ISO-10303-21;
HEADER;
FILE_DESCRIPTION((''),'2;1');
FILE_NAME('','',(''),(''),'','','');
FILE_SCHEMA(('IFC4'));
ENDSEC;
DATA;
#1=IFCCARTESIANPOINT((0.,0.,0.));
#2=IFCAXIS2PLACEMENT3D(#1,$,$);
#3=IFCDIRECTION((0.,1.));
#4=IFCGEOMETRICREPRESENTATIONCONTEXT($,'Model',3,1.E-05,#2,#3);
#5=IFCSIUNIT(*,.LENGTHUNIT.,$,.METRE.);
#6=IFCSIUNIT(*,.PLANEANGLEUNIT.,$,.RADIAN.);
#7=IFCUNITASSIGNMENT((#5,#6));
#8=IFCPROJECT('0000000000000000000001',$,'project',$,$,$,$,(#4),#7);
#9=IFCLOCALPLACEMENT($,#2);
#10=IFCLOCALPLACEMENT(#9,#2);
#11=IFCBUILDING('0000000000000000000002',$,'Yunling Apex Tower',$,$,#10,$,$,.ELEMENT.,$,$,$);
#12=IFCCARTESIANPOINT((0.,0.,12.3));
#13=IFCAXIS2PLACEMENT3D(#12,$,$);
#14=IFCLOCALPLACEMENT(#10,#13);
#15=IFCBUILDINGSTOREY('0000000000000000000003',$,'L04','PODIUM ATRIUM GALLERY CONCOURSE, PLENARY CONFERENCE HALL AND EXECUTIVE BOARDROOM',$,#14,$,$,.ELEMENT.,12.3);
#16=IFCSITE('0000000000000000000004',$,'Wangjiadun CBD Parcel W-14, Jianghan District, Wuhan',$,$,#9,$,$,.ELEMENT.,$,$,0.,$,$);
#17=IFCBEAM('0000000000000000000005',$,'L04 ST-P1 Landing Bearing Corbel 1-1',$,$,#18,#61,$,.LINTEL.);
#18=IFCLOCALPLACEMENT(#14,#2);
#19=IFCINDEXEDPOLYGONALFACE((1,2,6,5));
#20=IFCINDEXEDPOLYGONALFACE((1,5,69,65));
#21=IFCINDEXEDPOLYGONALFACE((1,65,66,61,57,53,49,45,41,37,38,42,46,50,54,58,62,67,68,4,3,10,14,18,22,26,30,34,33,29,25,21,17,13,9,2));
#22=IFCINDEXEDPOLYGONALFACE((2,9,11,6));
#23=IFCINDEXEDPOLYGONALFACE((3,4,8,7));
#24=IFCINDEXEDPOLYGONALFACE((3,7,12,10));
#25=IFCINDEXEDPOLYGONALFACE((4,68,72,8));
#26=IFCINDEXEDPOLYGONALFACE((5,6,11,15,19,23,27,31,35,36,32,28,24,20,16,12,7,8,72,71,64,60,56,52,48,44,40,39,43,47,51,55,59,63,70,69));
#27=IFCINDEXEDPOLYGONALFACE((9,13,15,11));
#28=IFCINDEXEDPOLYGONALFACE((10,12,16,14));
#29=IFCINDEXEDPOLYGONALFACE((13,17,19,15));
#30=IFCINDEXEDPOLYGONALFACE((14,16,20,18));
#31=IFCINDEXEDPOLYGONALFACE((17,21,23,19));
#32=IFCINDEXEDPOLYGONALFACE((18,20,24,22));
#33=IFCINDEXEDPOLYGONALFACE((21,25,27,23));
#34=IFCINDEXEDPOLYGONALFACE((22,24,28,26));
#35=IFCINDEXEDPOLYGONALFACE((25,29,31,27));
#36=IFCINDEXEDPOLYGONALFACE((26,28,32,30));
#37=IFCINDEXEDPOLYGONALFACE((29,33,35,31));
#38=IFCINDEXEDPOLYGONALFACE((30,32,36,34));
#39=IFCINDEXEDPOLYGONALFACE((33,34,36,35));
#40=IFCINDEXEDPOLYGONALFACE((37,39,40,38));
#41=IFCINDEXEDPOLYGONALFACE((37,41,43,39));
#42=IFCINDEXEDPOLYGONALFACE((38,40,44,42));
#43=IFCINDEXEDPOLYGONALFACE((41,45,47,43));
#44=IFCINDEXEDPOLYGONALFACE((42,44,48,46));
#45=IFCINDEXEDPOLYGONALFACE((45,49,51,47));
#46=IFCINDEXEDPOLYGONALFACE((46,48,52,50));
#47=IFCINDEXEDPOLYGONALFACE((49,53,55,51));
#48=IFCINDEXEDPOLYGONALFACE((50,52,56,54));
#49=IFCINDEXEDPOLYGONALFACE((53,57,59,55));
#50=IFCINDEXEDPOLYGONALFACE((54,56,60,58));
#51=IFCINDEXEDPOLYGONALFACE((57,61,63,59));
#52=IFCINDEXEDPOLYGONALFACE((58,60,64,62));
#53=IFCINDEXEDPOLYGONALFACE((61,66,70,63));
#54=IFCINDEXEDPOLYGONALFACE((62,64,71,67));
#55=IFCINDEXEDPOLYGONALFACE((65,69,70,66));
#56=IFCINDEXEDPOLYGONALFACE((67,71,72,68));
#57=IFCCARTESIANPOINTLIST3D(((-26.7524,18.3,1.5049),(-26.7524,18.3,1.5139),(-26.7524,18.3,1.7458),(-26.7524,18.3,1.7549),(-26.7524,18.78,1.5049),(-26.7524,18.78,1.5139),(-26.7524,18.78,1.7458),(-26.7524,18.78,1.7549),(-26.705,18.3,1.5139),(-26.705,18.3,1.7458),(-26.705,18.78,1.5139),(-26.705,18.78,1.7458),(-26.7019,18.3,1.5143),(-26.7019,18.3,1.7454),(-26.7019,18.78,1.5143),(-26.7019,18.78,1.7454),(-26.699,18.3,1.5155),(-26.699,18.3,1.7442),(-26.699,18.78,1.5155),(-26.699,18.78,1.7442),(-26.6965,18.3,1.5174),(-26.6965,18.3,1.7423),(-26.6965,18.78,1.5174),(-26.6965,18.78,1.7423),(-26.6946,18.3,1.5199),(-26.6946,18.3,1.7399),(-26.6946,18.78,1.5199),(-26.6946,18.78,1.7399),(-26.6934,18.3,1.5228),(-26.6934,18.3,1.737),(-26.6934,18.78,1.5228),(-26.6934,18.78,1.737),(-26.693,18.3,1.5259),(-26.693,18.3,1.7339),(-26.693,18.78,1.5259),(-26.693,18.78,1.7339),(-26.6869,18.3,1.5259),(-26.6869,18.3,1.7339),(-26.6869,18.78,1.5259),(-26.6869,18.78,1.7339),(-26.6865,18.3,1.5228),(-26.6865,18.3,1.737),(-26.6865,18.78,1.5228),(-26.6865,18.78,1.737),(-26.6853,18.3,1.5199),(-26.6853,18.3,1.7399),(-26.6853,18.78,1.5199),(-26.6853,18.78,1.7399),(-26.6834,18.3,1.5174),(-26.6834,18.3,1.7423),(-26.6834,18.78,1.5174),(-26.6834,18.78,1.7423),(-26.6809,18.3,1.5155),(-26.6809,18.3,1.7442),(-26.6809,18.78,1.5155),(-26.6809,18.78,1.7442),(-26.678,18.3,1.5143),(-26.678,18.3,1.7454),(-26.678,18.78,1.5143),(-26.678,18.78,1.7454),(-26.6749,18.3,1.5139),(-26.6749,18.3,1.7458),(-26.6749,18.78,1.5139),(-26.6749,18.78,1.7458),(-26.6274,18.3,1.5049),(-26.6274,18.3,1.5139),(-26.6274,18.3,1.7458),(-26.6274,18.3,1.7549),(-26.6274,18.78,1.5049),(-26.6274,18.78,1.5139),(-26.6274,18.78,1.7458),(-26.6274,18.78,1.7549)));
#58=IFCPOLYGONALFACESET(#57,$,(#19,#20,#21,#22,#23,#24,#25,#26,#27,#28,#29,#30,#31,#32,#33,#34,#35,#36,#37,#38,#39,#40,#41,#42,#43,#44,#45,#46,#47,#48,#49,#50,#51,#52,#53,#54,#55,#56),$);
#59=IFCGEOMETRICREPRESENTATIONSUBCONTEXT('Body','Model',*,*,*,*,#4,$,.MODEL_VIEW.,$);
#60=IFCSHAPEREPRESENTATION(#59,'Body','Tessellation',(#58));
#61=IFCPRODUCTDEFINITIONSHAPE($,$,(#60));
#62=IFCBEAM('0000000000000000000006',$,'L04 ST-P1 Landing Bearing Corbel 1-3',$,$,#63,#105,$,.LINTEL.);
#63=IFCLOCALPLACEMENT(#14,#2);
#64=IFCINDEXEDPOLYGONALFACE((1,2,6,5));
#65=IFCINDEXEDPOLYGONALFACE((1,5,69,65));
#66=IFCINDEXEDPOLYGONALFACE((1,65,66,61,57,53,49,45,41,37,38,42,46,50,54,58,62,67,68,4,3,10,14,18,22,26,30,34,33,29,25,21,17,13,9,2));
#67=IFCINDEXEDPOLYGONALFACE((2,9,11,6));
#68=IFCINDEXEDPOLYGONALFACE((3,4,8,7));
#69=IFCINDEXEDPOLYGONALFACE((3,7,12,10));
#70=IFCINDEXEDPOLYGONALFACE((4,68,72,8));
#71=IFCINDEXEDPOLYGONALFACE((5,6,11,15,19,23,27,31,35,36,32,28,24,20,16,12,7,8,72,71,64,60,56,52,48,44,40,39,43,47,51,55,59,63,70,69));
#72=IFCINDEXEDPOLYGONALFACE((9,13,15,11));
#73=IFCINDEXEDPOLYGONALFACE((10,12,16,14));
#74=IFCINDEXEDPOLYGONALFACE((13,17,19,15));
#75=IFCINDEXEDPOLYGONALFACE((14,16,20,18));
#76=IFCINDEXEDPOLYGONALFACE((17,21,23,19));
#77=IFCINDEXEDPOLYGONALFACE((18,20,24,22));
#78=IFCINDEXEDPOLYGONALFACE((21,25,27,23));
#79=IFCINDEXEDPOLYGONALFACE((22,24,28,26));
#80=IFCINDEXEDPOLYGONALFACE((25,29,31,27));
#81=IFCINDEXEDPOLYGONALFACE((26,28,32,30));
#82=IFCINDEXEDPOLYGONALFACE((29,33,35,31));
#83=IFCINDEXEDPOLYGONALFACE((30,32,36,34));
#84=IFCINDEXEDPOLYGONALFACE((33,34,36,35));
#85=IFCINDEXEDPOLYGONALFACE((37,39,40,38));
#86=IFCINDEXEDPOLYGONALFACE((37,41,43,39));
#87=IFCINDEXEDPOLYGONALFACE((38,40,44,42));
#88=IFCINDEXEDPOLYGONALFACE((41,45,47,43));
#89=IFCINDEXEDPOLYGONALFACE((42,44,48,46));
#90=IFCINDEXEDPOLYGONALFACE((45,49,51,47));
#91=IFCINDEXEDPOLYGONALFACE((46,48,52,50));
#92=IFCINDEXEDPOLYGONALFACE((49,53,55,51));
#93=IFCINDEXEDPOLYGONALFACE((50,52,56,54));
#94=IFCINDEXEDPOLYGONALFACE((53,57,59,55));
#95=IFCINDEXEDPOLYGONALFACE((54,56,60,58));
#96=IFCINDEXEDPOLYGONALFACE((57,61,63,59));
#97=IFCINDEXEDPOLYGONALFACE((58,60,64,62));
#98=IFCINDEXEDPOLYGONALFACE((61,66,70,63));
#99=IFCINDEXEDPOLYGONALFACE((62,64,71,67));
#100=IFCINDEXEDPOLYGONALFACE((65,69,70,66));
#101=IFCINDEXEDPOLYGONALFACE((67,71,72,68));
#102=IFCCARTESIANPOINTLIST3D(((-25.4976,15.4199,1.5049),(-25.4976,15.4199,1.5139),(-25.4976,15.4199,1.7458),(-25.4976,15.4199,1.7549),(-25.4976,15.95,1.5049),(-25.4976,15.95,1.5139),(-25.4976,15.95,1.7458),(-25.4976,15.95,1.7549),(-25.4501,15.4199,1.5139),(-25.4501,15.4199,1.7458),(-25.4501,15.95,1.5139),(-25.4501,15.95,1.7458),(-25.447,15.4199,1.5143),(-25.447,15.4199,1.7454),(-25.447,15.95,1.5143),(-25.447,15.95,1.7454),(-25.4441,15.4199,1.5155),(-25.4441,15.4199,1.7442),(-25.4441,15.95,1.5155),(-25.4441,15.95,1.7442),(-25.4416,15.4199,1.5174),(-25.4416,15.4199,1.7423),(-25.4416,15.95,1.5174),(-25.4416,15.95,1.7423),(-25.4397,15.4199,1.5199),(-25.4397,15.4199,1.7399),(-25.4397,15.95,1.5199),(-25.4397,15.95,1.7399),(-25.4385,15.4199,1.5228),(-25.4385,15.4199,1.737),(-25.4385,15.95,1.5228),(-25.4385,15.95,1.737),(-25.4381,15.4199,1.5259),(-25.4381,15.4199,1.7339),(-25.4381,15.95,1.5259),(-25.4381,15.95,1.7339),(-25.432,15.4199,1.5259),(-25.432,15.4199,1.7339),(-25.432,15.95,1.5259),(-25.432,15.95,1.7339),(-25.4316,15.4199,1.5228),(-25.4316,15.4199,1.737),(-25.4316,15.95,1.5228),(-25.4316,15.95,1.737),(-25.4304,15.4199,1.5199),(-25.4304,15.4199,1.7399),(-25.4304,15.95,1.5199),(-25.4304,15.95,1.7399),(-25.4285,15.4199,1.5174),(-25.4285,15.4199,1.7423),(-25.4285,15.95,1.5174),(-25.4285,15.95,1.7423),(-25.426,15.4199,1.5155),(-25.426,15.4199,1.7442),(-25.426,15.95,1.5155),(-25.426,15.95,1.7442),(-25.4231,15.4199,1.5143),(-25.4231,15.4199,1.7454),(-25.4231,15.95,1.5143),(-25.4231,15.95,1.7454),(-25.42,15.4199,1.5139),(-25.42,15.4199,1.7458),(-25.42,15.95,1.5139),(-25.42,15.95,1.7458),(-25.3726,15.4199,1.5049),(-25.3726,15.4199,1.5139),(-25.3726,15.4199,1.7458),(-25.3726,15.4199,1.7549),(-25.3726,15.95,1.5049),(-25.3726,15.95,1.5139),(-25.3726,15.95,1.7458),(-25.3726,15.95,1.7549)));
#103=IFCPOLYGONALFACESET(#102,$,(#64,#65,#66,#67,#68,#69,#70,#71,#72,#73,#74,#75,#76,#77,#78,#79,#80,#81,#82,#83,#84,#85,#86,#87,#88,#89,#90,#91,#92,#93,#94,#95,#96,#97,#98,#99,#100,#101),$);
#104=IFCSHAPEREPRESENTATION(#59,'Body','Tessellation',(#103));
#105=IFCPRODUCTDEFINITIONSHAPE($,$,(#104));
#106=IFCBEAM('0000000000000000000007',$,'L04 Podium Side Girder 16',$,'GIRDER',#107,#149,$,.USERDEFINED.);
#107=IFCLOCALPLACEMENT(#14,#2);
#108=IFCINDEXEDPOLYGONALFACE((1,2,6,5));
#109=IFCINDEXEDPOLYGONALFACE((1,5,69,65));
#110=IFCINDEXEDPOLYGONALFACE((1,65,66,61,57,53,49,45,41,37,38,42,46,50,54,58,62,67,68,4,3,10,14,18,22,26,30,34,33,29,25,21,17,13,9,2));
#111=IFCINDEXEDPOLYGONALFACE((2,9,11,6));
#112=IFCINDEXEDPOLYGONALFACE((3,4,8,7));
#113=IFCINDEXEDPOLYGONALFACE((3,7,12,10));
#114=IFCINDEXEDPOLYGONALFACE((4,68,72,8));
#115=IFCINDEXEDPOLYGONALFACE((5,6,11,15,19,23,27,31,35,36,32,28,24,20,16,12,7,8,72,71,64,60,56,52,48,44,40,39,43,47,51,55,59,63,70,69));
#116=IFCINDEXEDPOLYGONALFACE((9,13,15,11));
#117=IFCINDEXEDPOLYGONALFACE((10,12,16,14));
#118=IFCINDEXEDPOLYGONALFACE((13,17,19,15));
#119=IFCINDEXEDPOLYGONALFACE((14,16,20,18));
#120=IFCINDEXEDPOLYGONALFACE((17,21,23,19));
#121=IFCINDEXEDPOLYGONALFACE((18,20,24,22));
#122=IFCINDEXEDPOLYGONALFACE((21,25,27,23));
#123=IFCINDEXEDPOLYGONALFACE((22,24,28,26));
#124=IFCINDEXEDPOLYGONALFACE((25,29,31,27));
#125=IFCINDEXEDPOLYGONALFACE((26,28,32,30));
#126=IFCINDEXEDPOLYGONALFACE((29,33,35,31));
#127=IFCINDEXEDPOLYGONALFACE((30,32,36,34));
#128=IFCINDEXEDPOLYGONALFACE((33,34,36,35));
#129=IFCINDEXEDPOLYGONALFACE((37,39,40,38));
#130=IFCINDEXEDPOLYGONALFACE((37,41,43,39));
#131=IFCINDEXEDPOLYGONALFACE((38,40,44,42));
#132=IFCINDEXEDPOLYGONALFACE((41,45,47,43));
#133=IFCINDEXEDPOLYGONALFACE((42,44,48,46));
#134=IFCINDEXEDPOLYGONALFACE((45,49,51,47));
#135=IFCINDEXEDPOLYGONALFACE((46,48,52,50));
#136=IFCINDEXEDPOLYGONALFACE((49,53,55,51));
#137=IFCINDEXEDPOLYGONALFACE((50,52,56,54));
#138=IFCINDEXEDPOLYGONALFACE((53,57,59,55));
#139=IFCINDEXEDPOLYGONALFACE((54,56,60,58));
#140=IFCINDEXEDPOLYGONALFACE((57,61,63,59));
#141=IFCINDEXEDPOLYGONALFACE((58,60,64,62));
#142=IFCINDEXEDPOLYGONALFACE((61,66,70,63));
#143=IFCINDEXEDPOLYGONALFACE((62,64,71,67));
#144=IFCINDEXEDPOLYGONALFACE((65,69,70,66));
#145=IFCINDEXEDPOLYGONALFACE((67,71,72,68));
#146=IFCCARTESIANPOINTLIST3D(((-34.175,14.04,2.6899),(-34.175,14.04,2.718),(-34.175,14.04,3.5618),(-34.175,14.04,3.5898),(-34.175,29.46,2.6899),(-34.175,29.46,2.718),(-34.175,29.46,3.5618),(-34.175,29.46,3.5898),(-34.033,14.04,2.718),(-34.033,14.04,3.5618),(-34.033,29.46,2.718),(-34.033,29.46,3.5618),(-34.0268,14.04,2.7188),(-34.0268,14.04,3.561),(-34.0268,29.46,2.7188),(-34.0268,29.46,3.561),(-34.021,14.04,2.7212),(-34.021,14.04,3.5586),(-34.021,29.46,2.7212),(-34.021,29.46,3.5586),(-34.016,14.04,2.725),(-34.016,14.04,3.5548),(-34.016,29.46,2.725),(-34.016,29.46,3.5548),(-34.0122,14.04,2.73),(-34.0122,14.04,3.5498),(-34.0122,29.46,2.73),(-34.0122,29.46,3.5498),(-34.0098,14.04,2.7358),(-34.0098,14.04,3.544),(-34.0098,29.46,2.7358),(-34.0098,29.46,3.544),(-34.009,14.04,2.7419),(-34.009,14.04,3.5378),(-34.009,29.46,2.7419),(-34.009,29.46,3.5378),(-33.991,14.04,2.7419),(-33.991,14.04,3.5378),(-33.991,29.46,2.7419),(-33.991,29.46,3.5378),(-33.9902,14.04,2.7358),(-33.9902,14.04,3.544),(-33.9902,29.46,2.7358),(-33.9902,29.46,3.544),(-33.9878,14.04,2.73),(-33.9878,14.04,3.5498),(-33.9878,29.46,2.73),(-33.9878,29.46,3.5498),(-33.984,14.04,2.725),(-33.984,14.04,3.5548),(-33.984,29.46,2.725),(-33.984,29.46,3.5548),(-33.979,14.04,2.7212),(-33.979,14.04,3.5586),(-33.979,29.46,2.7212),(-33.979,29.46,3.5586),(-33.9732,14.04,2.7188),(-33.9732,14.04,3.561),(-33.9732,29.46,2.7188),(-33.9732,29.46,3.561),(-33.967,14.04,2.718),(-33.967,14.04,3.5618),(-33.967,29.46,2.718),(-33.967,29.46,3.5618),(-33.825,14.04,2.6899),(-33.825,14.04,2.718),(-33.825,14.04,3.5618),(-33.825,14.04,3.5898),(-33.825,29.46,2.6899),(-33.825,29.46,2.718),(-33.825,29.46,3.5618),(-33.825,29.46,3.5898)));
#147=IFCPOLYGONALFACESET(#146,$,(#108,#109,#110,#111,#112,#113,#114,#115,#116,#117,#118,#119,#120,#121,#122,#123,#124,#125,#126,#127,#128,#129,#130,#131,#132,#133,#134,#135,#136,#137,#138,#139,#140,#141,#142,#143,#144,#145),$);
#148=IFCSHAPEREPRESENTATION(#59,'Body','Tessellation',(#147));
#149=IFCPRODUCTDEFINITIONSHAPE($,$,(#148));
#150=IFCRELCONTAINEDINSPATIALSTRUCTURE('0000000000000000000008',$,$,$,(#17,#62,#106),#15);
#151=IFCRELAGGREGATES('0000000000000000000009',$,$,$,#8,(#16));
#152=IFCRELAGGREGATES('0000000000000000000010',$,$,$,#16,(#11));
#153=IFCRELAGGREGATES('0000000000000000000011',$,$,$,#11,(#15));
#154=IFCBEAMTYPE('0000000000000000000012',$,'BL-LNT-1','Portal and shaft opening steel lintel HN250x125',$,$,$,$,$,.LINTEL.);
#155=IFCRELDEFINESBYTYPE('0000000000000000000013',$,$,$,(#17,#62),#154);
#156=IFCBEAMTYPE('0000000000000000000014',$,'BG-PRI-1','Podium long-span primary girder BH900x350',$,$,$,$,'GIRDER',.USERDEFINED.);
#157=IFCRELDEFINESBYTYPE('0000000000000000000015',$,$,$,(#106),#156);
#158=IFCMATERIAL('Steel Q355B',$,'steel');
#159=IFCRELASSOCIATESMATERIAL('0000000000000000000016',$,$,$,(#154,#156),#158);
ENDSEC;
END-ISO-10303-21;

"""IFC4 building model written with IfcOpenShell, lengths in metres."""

from ifc_helpers import new_model, si_unit, direction, frame, origin, origin_2d, place, context, subcontext, project, spatial, i_section, extrude, source, transform, mapped, material, material_profile, profile_set, type_object, element, save


model = new_model("IFC4")

# Units and contexts
model_context = context("Model", 3, precision=1e-05, world=origin(), true_north=direction((0.0, 1.0)))
body_context = subcontext(model_context, "Body", "Model", "MODEL_VIEW")
ifc_project = project(units=[si_unit("LENGTHUNIT", "METRE"), si_unit("PLANEANGLEUNIT", "RADIAN")], contexts=[model_context])

# Site, building, storey
site_placement = place(None, origin())
site = spatial("IfcSite", under=ifc_project, at=site_placement, Name="Wangjiadun CBD Parcel W-14, Jianghan District, Wuhan", CompositionType="ELEMENT", RefElevation=0.0)
building_placement = place(site_placement, origin())
building = spatial("IfcBuilding", under=site, at=building_placement, Name="Yunling Apex Tower", CompositionType="ELEMENT")
storey_placement = place(building_placement, frame((0.0, 0.0, 12.3)))
storey = spatial("IfcBuildingStorey", under=building, at=storey_placement, Name="L04", Description="PODIUM ATRIUM GALLERY CONCOURSE, PLENARY CONFERENCE HALL AND EXECUTIVE BOARDROOM", CompositionType="ELEMENT", Elevation=12.3)

# Beams
ifc_material_1 = material(Name="Steel Q355B", Category="steel")
ifc_material_profile_1 = material_profile(ifc_material_1, i_section(OverallWidth=0.125, OverallDepth=0.25, WebThickness=0.0061, FlangeThickness=0.009, FilletRadius=0.012, at=origin_2d()))
ifc_profile_set_1 = profile_set([ifc_material_profile_1], Name="Steel Q355B")
beam_type_1 = type_object("IfcBeamType", Name="BL-LNT-1", Description="Portal and shaft opening steel lintel HN250x125", PredefinedType="LINTEL", material=ifc_profile_set_1)
shared_shape_1 = source(origin(), body_context, "Body", "SweptSolid", [
    extrude(i_section(OverallWidth=0.125, OverallDepth=0.25, WebThickness=0.0061, FlangeThickness=0.009, FilletRadius=0.012, at=origin_2d()), origin(), (0.0, 0.0, 1.0), 0.48),
])
beam_1_placement = place(storey_placement, frame((-26.6899, 18.78, 1.6299), z_axis=(0.0, -1.0, 0.0), x_axis=(1.0, 0.0, 0.0)))
element("IfcBeam", 1, at=beam_1_placement, inside=storey, type_object=beam_type_1, Name="L04 ST-P1 Landing Bearing Corbel 1-1", PredefinedType="LINTEL", context=body_context, shape_type="MappedRepresentation", body=[
    mapped(shared_shape_1, transform((0.0, 0.0, 0.0), scale=1.0)),
])
shared_shape_2 = source(origin(), body_context, "Body", "SweptSolid", [
    extrude(i_section(OverallWidth=0.125, OverallDepth=0.25, WebThickness=0.0061, FlangeThickness=0.009, FilletRadius=0.012, at=origin_2d()), origin(), (0.0, 0.0, 1.0), 0.53),
])
beam_2_placement = place(storey_placement, frame((-25.4351, 15.4199, 1.6299), z_axis=(0.0, 1.0, 0.0), x_axis=(-1.0, 0.0, 0.0)))
element("IfcBeam", 2, at=beam_2_placement, inside=storey, type_object=beam_type_1, Name="L04 ST-P1 Landing Bearing Corbel 1-3", PredefinedType="LINTEL", context=body_context, shape_type="MappedRepresentation", body=[
    mapped(shared_shape_2, transform((0.0, 0.0, 0.0), scale=1.0)),
])
ifc_material_profile_2 = material_profile(ifc_material_1, i_section(OverallWidth=0.3501, OverallDepth=0.8999, WebThickness=0.0181, FlangeThickness=0.0281, FilletRadius=0.0239, at=origin_2d()))
ifc_profile_set_2 = profile_set([ifc_material_profile_2], Name="Steel Q355B")
beam_type_2 = type_object("IfcBeamType", Name="BG-PRI-1", Description="Podium long-span primary girder BH900x350", ElementType="GIRDER", PredefinedType="USERDEFINED", material=ifc_profile_set_2)
shared_shape_3 = source(origin(), body_context, "Body", "SweptSolid", [
    extrude(i_section(OverallWidth=0.3501, OverallDepth=0.8999, WebThickness=0.0181, FlangeThickness=0.0281, FilletRadius=0.0239, at=origin_2d()), origin(), (0.0, 0.0, 1.0), 15.4199),
])
beam_3_placement = place(storey_placement, frame((-34.0, 14.04, 3.1399), z_axis=(0.0, 1.0, 0.0), x_axis=(-1.0, 0.0, 0.0)))
element("IfcBeam", 3, at=beam_3_placement, inside=storey, type_object=beam_type_2, Name="L04 Podium Side Girder 16", ObjectType="GIRDER", PredefinedType="USERDEFINED", context=body_context, shape_type="MappedRepresentation", body=[
    mapped(shared_shape_3, transform((0.0, 0.0, 0.0), scale=1.0)),
])

save(model, "model.ifc")
